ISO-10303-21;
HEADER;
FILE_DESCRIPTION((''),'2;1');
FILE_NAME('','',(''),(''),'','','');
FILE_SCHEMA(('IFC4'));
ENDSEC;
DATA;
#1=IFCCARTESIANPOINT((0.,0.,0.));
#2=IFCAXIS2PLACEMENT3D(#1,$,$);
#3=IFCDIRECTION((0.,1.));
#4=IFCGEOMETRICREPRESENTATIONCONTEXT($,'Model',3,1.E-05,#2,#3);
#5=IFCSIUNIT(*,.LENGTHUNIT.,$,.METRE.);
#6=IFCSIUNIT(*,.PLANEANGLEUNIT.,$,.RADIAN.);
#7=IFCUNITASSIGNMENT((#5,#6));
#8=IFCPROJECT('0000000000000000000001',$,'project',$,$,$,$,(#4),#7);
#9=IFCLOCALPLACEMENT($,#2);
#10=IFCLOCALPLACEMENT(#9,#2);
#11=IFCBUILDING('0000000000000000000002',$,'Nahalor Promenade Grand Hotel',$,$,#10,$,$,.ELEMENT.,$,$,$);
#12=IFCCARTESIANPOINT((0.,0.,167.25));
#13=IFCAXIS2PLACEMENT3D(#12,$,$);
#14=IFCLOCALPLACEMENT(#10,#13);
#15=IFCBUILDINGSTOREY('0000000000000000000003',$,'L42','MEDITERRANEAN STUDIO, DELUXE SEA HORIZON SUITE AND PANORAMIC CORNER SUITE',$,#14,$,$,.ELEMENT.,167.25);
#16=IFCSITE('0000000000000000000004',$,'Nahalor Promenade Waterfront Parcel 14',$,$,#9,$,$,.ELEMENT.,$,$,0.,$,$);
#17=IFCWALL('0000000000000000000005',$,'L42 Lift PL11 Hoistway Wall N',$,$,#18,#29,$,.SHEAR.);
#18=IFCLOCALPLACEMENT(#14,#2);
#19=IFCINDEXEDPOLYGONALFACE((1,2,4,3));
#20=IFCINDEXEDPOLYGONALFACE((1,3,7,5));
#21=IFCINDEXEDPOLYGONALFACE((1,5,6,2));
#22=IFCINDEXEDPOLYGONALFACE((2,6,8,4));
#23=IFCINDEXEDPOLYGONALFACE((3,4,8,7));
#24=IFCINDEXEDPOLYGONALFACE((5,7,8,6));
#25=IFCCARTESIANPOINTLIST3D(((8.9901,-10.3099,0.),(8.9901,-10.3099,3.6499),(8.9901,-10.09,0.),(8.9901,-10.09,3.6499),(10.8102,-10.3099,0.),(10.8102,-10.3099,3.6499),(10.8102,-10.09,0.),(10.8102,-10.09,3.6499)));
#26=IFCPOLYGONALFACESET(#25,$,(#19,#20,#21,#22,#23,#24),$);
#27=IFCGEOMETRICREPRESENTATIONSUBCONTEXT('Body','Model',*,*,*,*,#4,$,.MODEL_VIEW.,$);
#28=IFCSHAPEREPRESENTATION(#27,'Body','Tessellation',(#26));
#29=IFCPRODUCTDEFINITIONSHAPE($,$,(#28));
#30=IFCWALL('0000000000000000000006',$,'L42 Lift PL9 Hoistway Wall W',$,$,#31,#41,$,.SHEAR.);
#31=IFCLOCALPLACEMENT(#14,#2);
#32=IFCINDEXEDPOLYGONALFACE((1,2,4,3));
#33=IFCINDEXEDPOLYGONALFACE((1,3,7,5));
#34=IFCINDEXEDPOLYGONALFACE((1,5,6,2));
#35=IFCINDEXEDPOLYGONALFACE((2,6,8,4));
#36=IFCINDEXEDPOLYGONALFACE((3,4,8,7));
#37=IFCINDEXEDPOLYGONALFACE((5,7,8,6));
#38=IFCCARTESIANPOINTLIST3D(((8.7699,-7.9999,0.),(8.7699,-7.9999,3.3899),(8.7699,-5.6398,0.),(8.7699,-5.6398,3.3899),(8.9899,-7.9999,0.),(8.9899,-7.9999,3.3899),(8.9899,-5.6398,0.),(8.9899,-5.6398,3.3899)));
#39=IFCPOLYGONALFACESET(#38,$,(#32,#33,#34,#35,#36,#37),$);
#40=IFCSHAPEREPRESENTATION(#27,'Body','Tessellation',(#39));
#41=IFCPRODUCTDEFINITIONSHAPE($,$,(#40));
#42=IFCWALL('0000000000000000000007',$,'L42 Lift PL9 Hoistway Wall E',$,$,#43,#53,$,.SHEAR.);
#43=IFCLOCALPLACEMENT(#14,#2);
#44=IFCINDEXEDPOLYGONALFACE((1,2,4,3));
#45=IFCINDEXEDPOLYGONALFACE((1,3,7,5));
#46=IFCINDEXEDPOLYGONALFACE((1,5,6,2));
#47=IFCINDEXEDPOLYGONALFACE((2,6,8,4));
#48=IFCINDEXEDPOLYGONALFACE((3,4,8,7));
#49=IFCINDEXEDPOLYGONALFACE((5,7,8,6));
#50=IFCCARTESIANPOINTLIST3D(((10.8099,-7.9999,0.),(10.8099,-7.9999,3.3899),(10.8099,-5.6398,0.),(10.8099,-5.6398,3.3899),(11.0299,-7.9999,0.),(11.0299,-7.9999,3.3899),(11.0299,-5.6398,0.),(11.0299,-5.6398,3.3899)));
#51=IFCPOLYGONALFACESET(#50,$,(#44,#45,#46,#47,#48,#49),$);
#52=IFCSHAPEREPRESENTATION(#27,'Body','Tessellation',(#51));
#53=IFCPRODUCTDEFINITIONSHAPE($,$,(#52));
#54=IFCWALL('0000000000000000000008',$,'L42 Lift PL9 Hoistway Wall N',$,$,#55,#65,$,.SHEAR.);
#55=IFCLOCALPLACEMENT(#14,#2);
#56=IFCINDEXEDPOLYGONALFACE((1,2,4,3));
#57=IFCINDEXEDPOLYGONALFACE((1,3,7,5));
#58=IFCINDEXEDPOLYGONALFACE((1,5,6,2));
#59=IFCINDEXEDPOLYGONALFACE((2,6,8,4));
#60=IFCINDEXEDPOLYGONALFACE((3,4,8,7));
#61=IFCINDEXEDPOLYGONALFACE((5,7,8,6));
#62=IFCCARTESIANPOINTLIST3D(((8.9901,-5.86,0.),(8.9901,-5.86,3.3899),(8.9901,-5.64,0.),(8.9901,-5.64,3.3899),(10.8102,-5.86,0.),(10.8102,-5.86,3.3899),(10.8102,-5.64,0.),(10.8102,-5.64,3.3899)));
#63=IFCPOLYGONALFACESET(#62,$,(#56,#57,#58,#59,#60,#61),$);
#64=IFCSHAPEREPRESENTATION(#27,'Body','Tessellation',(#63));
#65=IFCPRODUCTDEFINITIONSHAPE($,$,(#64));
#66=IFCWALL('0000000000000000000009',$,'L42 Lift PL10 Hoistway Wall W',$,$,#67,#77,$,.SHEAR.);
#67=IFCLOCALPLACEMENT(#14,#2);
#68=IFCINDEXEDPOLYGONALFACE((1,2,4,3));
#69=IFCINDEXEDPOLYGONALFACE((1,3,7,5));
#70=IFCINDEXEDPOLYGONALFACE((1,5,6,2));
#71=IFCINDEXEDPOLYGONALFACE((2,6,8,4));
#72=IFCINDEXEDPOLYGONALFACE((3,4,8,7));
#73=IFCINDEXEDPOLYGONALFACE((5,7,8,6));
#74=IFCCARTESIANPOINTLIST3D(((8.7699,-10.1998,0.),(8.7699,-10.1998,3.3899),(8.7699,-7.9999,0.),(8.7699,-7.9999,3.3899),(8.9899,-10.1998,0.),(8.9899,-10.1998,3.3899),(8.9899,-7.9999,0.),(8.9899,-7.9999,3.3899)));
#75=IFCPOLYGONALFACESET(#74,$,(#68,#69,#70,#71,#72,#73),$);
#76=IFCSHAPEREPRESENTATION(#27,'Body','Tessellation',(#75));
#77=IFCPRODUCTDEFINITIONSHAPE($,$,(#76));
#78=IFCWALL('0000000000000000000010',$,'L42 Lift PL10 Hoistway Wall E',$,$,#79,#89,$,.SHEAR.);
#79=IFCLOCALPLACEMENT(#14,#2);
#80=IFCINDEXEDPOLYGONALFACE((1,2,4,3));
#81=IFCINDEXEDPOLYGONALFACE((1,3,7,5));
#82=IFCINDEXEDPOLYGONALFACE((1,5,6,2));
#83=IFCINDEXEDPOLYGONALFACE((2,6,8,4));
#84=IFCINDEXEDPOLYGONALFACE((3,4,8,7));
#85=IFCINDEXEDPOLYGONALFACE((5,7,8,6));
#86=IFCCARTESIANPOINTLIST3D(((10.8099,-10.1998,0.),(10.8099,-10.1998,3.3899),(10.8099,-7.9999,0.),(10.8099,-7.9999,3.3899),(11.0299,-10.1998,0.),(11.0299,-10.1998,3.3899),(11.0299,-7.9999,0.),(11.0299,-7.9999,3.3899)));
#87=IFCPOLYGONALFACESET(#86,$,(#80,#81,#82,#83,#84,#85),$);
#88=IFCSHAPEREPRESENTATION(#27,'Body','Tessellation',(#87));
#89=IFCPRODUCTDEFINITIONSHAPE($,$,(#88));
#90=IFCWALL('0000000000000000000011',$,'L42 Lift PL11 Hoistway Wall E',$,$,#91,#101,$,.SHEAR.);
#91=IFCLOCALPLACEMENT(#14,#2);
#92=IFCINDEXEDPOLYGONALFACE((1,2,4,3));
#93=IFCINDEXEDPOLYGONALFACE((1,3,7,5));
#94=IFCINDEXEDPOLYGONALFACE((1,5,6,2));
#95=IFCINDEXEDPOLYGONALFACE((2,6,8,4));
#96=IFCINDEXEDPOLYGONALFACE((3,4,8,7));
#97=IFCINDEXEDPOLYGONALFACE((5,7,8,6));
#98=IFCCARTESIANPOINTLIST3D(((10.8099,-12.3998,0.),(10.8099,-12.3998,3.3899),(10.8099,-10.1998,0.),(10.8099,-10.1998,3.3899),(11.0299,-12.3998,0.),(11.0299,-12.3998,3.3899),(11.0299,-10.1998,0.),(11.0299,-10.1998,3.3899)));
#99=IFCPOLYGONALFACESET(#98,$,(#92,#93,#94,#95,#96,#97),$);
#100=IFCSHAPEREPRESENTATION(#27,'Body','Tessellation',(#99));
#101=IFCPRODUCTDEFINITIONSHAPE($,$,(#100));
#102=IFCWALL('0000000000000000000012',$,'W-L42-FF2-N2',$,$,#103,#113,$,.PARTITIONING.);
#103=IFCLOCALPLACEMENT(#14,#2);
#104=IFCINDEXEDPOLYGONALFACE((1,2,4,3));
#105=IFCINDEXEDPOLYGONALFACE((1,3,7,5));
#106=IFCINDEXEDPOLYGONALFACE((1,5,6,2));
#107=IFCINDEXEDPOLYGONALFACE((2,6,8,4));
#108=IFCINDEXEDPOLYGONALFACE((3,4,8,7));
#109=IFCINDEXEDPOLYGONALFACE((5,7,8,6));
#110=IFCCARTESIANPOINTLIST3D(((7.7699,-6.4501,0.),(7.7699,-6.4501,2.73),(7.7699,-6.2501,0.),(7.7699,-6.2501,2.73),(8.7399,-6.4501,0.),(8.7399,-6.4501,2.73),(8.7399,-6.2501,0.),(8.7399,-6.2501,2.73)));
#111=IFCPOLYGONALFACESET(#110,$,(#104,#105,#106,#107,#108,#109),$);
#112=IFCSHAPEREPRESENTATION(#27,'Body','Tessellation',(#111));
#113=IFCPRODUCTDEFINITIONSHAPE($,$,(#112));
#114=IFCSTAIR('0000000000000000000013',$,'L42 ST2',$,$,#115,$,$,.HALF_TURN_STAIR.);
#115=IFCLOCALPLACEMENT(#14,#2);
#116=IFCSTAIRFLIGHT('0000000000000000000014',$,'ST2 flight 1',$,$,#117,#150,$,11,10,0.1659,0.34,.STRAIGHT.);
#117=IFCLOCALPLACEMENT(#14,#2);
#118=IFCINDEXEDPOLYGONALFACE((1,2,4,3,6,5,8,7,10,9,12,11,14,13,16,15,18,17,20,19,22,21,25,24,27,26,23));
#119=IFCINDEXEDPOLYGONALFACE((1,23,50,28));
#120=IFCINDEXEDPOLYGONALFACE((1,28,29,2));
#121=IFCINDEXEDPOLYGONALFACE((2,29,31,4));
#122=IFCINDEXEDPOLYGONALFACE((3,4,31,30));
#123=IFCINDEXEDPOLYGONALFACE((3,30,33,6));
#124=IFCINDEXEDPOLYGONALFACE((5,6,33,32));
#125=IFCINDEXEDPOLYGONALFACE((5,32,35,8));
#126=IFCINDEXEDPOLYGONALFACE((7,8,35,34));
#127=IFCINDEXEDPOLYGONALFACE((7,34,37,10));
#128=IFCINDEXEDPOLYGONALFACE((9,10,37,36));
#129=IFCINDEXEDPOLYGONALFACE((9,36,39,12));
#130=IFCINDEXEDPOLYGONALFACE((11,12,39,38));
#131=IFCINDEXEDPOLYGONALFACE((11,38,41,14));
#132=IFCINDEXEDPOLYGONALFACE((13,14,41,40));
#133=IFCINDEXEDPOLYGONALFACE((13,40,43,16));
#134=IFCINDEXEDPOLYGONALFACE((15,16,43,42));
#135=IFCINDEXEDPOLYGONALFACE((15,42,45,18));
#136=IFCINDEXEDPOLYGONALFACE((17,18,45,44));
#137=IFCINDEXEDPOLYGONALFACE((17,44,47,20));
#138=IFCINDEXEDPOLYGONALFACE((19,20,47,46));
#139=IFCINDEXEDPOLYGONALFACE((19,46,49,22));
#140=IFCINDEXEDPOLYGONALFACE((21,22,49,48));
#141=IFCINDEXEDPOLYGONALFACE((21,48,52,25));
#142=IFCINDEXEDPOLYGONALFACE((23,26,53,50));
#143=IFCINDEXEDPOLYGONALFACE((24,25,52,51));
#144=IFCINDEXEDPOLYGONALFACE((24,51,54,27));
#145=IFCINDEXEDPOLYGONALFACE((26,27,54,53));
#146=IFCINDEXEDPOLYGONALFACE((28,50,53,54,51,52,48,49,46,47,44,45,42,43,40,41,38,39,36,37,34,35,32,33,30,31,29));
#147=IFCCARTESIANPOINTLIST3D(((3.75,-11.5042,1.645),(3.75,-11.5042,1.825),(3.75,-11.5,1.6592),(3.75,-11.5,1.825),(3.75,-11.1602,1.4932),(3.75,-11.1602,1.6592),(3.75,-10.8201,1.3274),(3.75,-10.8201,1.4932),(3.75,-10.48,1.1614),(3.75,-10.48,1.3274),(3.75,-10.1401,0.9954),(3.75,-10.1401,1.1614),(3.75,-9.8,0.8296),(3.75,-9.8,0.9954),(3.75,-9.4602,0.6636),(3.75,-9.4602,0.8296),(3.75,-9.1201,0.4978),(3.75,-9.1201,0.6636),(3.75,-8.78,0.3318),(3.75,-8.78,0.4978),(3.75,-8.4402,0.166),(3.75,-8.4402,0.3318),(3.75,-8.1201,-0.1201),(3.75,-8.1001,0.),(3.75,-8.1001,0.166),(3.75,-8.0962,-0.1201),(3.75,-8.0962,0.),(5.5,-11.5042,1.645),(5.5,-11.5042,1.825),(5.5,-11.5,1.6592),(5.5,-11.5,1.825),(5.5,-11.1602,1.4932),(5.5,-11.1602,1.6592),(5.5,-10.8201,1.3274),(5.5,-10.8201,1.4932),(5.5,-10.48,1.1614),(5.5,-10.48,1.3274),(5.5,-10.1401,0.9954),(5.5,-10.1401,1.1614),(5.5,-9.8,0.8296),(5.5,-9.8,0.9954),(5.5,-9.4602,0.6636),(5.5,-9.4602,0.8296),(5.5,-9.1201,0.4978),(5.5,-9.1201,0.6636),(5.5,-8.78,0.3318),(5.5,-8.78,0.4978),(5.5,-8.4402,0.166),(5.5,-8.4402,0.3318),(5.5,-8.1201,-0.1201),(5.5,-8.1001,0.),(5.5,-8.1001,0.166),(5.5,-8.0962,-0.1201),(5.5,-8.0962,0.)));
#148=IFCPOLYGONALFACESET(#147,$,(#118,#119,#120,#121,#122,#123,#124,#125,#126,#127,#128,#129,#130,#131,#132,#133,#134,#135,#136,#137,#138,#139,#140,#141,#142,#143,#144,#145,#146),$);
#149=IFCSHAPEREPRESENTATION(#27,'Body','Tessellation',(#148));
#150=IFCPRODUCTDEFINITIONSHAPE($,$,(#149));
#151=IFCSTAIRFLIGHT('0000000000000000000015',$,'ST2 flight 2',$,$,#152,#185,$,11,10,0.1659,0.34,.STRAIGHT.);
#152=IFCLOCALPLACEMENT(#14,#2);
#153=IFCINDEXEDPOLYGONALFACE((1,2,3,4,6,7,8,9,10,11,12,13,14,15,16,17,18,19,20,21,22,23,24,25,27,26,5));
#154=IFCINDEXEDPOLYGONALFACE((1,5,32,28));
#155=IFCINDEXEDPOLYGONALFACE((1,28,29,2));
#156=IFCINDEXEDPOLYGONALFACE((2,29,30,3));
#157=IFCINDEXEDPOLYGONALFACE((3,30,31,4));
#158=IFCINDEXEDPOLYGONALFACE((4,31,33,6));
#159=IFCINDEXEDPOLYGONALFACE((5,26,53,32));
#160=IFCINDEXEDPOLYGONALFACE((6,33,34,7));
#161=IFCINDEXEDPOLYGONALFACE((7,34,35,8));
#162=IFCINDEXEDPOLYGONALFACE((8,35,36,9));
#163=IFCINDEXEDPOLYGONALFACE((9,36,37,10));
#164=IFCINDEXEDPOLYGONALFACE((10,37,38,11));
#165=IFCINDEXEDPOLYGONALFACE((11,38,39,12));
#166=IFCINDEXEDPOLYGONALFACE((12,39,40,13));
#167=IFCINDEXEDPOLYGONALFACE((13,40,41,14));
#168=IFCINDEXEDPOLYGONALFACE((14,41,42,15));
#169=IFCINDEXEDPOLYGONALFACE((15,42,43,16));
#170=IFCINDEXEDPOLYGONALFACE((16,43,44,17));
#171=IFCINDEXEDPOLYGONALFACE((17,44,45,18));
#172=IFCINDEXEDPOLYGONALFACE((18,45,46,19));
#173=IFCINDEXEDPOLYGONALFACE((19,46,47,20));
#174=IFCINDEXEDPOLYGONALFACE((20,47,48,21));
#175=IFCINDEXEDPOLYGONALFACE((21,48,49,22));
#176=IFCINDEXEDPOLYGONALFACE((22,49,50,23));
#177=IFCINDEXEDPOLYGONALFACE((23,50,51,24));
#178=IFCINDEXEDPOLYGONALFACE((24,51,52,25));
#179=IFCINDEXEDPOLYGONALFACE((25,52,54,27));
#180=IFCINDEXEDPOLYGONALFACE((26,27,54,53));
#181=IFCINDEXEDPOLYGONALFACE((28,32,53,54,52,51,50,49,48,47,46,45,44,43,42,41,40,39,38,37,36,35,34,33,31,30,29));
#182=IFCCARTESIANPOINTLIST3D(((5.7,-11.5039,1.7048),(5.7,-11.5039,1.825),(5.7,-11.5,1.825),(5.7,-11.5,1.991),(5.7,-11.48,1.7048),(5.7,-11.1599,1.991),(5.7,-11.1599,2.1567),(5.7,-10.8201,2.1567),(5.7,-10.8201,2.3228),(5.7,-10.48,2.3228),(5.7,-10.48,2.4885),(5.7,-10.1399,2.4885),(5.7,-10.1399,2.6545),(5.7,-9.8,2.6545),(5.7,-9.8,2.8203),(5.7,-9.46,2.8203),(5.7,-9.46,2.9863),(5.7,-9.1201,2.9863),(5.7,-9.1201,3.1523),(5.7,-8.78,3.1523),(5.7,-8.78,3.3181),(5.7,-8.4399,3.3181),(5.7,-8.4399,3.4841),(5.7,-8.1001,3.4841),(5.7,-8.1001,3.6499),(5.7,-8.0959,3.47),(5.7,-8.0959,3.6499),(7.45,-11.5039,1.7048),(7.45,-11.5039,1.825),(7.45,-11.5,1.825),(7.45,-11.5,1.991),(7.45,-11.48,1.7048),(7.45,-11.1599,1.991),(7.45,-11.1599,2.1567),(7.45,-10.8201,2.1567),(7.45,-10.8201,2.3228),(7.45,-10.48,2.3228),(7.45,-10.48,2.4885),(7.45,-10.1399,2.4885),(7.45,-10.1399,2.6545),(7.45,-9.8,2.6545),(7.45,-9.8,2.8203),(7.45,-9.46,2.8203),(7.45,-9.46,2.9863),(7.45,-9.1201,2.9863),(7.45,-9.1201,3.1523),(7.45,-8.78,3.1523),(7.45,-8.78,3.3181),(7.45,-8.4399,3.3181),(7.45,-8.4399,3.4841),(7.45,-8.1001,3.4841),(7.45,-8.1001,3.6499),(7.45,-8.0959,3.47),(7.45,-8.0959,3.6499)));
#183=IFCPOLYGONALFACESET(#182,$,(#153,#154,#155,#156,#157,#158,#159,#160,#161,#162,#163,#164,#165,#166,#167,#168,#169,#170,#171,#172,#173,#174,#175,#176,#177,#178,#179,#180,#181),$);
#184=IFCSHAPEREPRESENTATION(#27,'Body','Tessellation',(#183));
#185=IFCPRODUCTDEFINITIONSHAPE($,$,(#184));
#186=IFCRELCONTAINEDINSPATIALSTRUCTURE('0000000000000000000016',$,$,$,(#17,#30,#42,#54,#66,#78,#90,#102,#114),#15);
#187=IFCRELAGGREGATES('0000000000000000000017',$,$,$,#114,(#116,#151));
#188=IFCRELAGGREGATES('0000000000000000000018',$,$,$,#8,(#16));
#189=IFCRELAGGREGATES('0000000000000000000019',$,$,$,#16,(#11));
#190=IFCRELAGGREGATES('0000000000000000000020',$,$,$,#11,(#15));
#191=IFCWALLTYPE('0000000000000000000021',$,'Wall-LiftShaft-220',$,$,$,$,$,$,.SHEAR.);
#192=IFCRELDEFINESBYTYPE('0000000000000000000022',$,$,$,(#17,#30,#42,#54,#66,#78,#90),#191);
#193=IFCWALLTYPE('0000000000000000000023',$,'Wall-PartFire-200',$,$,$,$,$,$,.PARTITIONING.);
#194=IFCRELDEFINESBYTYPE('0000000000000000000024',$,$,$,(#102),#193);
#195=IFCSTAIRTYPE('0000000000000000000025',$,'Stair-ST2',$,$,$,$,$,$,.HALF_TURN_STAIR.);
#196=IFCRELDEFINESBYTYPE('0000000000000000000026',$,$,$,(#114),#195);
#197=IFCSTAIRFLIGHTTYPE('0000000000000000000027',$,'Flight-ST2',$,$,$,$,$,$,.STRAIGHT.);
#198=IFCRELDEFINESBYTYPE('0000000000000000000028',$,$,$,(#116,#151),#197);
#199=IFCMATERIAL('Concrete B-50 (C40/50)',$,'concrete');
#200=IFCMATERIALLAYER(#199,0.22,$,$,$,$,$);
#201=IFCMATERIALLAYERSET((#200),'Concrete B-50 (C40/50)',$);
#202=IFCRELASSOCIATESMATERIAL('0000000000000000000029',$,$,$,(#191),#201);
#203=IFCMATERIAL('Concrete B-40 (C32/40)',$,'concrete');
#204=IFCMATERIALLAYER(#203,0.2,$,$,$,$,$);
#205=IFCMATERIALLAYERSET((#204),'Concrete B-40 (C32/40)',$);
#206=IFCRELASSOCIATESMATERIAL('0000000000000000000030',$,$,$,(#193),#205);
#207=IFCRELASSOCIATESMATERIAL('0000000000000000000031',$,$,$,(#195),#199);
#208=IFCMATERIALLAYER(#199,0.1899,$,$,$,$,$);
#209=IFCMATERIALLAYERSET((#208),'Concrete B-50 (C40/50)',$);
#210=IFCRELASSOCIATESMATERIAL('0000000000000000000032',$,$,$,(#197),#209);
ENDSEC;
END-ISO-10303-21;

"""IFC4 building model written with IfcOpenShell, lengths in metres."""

from ifc_helpers import new_model, si_unit, direction, frame, frame_2d, origin, place, context, subcontext, project, spatial, polyline, rectangle, outline, extrude, source, transform, mapped, material, layer, layer_set, type_object, element, aggregate, save


model = new_model("IFC4")

# Units and contexts
model_context = context("Model", 3, precision=1e-05, world=origin(), true_north=direction((0.0, 1.0)))
body_context = subcontext(model_context, "Body", "Model", "MODEL_VIEW")
ifc_project = project(units=[si_unit("LENGTHUNIT", "METRE"), si_unit("PLANEANGLEUNIT", "RADIAN")], contexts=[model_context])

# Site, building, storey
site_placement = place(None, origin())
site = spatial("IfcSite", under=ifc_project, at=site_placement, Name="Nahalor Promenade Waterfront Parcel 14", CompositionType="ELEMENT", RefElevation=0.0)
building_placement = place(site_placement, origin())
building = spatial("IfcBuilding", under=site, at=building_placement, Name="Nahalor Promenade Grand Hotel", CompositionType="ELEMENT")
storey_placement = place(building_placement, frame((0.0, 0.0, 167.25)))
storey = spatial("IfcBuildingStorey", under=building, at=storey_placement, Name="L42", Description="MEDITERRANEAN STUDIO, DELUXE SEA HORIZON SUITE AND PANORAMIC CORNER SUITE", CompositionType="ELEMENT", Elevation=167.25)

# Walls
ifc_material_1 = material(Name="Concrete B-50 (C40/50)", Category="concrete")
ifc_layer_1 = layer(ifc_material_1, 0.22)
ifc_layer_set_1 = layer_set([ifc_layer_1], Name="Concrete B-50 (C40/50)")
wall_type_1 = type_object("IfcWallType", Name="Wall-LiftShaft-220", PredefinedType="SHEAR", material=ifc_layer_set_1)
shared_shape_1 = source(origin(), body_context, "Body", "SweptSolid", [
    extrude(rectangle(XDim=1.8201, YDim=0.22, at=frame_2d((0.9102, 0.0))), origin(), (0.0, 0.0, 1.0), 3.6499),
])
for number, where, z_axis, x_axis, name in (
    (1, (8.99, -10.2, 0.0), (0.0, 0.0, 1.0), (1.0, 0.0, 0.0), "L42 Lift PL11 Hoistway Wall N"),
):
    element("IfcWall", number, at=place(storey_placement, frame(where, z_axis=z_axis, x_axis=x_axis)), inside=storey, type_object=wall_type_1, Name=name, PredefinedType="SHEAR", context=body_context, shape_type="MappedRepresentation", body=[
        mapped(shared_shape_1, transform((0.0, 0.0, 0.0), scale=1.0)),
    ])
shared_shape_2 = source(origin(), body_context, "Body", "SweptSolid", [
    extrude(rectangle(XDim=2.3601, YDim=0.22, at=frame_2d((1.1802, 0.0))), origin(), (0.0, 0.0, 1.0), 3.3899),
])
for number, where, z_axis, x_axis, name in (
    (2, (8.8799, -8.0, 0.0), (0.0, 0.0, 1.0), (0.0, 1.0, 0.0), "L42 Lift PL9 Hoistway Wall W"),
    (3, (10.9199, -8.0, 0.0), (0.0, 0.0, 1.0), (0.0, 1.0, 0.0), "L42 Lift PL9 Hoistway Wall E"),
):
    element("IfcWall", number, at=place(storey_placement, frame(where, z_axis=z_axis, x_axis=x_axis)), inside=storey, type_object=wall_type_1, Name=name, PredefinedType="SHEAR", context=body_context, shape_type="MappedRepresentation", body=[
        mapped(shared_shape_2, transform((0.0, 0.0, 0.0), scale=1.0)),
    ])
shared_shape_3 = source(origin(), body_context, "Body", "SweptSolid", [
    extrude(rectangle(XDim=1.8201, YDim=0.22, at=frame_2d((0.9102, 0.0))), origin(), (0.0, 0.0, 1.0), 3.3899),
])
wall_1_placement = place(storey_placement, frame((8.99, -5.75, 0.0), z_axis=(0.0, 0.0, 1.0), x_axis=(1.0, 0.0, 0.0)))
element("IfcWall", 4, at=wall_1_placement, inside=storey, type_object=wall_type_1, Name="L42 Lift PL9 Hoistway Wall N", PredefinedType="SHEAR", context=body_context, shape_type="MappedRepresentation", body=[
    mapped(shared_shape_3, transform((0.0, 0.0, 0.0), scale=1.0)),
])
shared_shape_4 = source(origin(), body_context, "Body", "SweptSolid", [
    extrude(rectangle(XDim=2.2, YDim=0.22, at=frame_2d((1.1001, 0.0))), origin(), (0.0, 0.0, 1.0), 3.3899),
])
for number, where, z_axis, x_axis, name in (
    (5, (8.8799, -10.2, 0.0), (0.0, 0.0, 1.0), (0.0, 1.0, 0.0), "L42 Lift PL10 Hoistway Wall W"),
    (6, (10.9199, -10.2, 0.0), (0.0, 0.0, 1.0), (0.0, 1.0, 0.0), "L42 Lift PL10 Hoistway Wall E"),
    (7, (10.9199, -12.3999, 0.0), (0.0, 0.0, 1.0), (0.0, 1.0, 0.0), "L42 Lift PL11 Hoistway Wall E"),
):
    element("IfcWall", number, at=place(storey_placement, frame(where, z_axis=z_axis, x_axis=x_axis)), inside=storey, type_object=wall_type_1, Name=name, PredefinedType="SHEAR", context=body_context, shape_type="MappedRepresentation", body=[
        mapped(shared_shape_4, transform((0.0, 0.0, 0.0), scale=1.0)),
    ])
ifc_material_2 = material(Name="Concrete B-40 (C32/40)", Category="concrete")
ifc_layer_2 = layer(ifc_material_2, 0.2)
ifc_layer_set_2 = layer_set([ifc_layer_2], Name="Concrete B-40 (C32/40)")
wall_type_2 = type_object("IfcWallType", Name="Wall-PartFire-200", PredefinedType="PARTITIONING", material=ifc_layer_set_2)
shared_shape_5 = source(origin(), body_context, "Body", "SweptSolid", [
    extrude(rectangle(XDim=0.97, YDim=0.2, at=frame_2d((0.4849, 0.0))), origin(), (0.0, 0.0, 1.0), 2.73),
])
wall_2_placement = place(storey_placement, frame((7.77, -6.3501, 0.0), z_axis=(0.0, 0.0, 1.0), x_axis=(1.0, 0.0, 0.0)))
element("IfcWall", 8, at=wall_2_placement, inside=storey, type_object=wall_type_2, Name="W-L42-FF2-N2", PredefinedType="PARTITIONING", context=body_context, shape_type="MappedRepresentation", body=[
    mapped(shared_shape_5, transform((0.0, 0.0, 0.0), scale=1.0)),
])

# Stair, stair flights
stair_type = type_object("IfcStairType", Name="Stair-ST2", PredefinedType="HALF_TURN_STAIR", material=ifc_material_1)
stair_placement = place(storey_placement, origin())
stair = element("IfcStair", 9, at=stair_placement, inside=storey, type_object=stair_type, Name="L42 ST2", PredefinedType="HALF_TURN_STAIR")
ifc_layer_3 = layer(ifc_material_1, 0.1899)
ifc_layer_set_3 = layer_set([ifc_layer_3], Name="Concrete B-50 (C40/50)")
stair_flight_type = type_object("IfcStairFlightType", Name="Flight-ST2", PredefinedType="STRAIGHT", material=ifc_layer_set_3)
shared_shape_6 = source(origin(), body_context, "Body", "SweptSolid", [
    extrude(outline(polyline([(-0.0039, -0.1201), (-0.0039, 0.0), (0.0, 0.0), (0.0, 0.166), (0.3401, 0.166), (0.3401, 0.3318), (0.6799, 0.3318), (0.6799, 0.4978), (1.02, 0.4978), (1.02, 0.6636), (1.3601, 0.6636), (1.3601, 0.8296), (1.7, 0.8296), (1.7, 0.9954), (2.04, 0.9954), (2.04, 1.1614), (2.3799, 1.1614), (2.3799, 1.3274), (2.72, 1.3274), (2.72, 1.4932), (3.0601, 1.4932), (3.0601, 1.6592), (3.3999, 1.6592), (3.3999, 1.825), (3.4041, 1.825), (3.4041, 1.645), (0.02, -0.1201), (-0.0039, -0.1201)])), frame((0.0, 0.875, 0.0), z_axis=(0.0, -1.0, 0.0), x_axis=(1.0, 0.0, 0.0)), (0.0, 0.0, 1.0), 1.75),
])
stair_flight_1_placement = place(storey_placement, frame((4.625, -8.1001, 0.0), z_axis=(0.0, 0.0, 1.0), x_axis=(0.0, -1.0, 0.0)))
stair_flight_1 = element("IfcStairFlight", 10, at=stair_flight_1_placement, type_object=stair_flight_type, Name="ST2 flight 1", NumberOfRisers=11, NumberOfTreads=10, PredefinedType="STRAIGHT", RiserHeight=0.1659, TreadLength=0.34, context=body_context, shape_type="MappedRepresentation", body=[
    mapped(shared_shape_6, transform((0.0, 0.0, 0.0), scale=1.0)),
])
stair_flight_2_placement = place(storey_placement, frame((6.575, -11.5, 1.825), z_axis=(0.0, 0.0, 1.0), x_axis=(0.0, 1.0, 0.0)))
stair_flight_2 = element("IfcStairFlight", 11, at=stair_flight_2_placement, type_object=stair_flight_type, Name="ST2 flight 2", NumberOfRisers=11, NumberOfTreads=10, PredefinedType="STRAIGHT", RiserHeight=0.1659, TreadLength=0.34, context=body_context, shape_type="MappedRepresentation", body=[
    mapped(shared_shape_6, transform((0.0, 0.0, 0.0), scale=1.0)),
])
aggregate(stair, [stair_flight_1, stair_flight_2])

save(model, "model.ifc")
